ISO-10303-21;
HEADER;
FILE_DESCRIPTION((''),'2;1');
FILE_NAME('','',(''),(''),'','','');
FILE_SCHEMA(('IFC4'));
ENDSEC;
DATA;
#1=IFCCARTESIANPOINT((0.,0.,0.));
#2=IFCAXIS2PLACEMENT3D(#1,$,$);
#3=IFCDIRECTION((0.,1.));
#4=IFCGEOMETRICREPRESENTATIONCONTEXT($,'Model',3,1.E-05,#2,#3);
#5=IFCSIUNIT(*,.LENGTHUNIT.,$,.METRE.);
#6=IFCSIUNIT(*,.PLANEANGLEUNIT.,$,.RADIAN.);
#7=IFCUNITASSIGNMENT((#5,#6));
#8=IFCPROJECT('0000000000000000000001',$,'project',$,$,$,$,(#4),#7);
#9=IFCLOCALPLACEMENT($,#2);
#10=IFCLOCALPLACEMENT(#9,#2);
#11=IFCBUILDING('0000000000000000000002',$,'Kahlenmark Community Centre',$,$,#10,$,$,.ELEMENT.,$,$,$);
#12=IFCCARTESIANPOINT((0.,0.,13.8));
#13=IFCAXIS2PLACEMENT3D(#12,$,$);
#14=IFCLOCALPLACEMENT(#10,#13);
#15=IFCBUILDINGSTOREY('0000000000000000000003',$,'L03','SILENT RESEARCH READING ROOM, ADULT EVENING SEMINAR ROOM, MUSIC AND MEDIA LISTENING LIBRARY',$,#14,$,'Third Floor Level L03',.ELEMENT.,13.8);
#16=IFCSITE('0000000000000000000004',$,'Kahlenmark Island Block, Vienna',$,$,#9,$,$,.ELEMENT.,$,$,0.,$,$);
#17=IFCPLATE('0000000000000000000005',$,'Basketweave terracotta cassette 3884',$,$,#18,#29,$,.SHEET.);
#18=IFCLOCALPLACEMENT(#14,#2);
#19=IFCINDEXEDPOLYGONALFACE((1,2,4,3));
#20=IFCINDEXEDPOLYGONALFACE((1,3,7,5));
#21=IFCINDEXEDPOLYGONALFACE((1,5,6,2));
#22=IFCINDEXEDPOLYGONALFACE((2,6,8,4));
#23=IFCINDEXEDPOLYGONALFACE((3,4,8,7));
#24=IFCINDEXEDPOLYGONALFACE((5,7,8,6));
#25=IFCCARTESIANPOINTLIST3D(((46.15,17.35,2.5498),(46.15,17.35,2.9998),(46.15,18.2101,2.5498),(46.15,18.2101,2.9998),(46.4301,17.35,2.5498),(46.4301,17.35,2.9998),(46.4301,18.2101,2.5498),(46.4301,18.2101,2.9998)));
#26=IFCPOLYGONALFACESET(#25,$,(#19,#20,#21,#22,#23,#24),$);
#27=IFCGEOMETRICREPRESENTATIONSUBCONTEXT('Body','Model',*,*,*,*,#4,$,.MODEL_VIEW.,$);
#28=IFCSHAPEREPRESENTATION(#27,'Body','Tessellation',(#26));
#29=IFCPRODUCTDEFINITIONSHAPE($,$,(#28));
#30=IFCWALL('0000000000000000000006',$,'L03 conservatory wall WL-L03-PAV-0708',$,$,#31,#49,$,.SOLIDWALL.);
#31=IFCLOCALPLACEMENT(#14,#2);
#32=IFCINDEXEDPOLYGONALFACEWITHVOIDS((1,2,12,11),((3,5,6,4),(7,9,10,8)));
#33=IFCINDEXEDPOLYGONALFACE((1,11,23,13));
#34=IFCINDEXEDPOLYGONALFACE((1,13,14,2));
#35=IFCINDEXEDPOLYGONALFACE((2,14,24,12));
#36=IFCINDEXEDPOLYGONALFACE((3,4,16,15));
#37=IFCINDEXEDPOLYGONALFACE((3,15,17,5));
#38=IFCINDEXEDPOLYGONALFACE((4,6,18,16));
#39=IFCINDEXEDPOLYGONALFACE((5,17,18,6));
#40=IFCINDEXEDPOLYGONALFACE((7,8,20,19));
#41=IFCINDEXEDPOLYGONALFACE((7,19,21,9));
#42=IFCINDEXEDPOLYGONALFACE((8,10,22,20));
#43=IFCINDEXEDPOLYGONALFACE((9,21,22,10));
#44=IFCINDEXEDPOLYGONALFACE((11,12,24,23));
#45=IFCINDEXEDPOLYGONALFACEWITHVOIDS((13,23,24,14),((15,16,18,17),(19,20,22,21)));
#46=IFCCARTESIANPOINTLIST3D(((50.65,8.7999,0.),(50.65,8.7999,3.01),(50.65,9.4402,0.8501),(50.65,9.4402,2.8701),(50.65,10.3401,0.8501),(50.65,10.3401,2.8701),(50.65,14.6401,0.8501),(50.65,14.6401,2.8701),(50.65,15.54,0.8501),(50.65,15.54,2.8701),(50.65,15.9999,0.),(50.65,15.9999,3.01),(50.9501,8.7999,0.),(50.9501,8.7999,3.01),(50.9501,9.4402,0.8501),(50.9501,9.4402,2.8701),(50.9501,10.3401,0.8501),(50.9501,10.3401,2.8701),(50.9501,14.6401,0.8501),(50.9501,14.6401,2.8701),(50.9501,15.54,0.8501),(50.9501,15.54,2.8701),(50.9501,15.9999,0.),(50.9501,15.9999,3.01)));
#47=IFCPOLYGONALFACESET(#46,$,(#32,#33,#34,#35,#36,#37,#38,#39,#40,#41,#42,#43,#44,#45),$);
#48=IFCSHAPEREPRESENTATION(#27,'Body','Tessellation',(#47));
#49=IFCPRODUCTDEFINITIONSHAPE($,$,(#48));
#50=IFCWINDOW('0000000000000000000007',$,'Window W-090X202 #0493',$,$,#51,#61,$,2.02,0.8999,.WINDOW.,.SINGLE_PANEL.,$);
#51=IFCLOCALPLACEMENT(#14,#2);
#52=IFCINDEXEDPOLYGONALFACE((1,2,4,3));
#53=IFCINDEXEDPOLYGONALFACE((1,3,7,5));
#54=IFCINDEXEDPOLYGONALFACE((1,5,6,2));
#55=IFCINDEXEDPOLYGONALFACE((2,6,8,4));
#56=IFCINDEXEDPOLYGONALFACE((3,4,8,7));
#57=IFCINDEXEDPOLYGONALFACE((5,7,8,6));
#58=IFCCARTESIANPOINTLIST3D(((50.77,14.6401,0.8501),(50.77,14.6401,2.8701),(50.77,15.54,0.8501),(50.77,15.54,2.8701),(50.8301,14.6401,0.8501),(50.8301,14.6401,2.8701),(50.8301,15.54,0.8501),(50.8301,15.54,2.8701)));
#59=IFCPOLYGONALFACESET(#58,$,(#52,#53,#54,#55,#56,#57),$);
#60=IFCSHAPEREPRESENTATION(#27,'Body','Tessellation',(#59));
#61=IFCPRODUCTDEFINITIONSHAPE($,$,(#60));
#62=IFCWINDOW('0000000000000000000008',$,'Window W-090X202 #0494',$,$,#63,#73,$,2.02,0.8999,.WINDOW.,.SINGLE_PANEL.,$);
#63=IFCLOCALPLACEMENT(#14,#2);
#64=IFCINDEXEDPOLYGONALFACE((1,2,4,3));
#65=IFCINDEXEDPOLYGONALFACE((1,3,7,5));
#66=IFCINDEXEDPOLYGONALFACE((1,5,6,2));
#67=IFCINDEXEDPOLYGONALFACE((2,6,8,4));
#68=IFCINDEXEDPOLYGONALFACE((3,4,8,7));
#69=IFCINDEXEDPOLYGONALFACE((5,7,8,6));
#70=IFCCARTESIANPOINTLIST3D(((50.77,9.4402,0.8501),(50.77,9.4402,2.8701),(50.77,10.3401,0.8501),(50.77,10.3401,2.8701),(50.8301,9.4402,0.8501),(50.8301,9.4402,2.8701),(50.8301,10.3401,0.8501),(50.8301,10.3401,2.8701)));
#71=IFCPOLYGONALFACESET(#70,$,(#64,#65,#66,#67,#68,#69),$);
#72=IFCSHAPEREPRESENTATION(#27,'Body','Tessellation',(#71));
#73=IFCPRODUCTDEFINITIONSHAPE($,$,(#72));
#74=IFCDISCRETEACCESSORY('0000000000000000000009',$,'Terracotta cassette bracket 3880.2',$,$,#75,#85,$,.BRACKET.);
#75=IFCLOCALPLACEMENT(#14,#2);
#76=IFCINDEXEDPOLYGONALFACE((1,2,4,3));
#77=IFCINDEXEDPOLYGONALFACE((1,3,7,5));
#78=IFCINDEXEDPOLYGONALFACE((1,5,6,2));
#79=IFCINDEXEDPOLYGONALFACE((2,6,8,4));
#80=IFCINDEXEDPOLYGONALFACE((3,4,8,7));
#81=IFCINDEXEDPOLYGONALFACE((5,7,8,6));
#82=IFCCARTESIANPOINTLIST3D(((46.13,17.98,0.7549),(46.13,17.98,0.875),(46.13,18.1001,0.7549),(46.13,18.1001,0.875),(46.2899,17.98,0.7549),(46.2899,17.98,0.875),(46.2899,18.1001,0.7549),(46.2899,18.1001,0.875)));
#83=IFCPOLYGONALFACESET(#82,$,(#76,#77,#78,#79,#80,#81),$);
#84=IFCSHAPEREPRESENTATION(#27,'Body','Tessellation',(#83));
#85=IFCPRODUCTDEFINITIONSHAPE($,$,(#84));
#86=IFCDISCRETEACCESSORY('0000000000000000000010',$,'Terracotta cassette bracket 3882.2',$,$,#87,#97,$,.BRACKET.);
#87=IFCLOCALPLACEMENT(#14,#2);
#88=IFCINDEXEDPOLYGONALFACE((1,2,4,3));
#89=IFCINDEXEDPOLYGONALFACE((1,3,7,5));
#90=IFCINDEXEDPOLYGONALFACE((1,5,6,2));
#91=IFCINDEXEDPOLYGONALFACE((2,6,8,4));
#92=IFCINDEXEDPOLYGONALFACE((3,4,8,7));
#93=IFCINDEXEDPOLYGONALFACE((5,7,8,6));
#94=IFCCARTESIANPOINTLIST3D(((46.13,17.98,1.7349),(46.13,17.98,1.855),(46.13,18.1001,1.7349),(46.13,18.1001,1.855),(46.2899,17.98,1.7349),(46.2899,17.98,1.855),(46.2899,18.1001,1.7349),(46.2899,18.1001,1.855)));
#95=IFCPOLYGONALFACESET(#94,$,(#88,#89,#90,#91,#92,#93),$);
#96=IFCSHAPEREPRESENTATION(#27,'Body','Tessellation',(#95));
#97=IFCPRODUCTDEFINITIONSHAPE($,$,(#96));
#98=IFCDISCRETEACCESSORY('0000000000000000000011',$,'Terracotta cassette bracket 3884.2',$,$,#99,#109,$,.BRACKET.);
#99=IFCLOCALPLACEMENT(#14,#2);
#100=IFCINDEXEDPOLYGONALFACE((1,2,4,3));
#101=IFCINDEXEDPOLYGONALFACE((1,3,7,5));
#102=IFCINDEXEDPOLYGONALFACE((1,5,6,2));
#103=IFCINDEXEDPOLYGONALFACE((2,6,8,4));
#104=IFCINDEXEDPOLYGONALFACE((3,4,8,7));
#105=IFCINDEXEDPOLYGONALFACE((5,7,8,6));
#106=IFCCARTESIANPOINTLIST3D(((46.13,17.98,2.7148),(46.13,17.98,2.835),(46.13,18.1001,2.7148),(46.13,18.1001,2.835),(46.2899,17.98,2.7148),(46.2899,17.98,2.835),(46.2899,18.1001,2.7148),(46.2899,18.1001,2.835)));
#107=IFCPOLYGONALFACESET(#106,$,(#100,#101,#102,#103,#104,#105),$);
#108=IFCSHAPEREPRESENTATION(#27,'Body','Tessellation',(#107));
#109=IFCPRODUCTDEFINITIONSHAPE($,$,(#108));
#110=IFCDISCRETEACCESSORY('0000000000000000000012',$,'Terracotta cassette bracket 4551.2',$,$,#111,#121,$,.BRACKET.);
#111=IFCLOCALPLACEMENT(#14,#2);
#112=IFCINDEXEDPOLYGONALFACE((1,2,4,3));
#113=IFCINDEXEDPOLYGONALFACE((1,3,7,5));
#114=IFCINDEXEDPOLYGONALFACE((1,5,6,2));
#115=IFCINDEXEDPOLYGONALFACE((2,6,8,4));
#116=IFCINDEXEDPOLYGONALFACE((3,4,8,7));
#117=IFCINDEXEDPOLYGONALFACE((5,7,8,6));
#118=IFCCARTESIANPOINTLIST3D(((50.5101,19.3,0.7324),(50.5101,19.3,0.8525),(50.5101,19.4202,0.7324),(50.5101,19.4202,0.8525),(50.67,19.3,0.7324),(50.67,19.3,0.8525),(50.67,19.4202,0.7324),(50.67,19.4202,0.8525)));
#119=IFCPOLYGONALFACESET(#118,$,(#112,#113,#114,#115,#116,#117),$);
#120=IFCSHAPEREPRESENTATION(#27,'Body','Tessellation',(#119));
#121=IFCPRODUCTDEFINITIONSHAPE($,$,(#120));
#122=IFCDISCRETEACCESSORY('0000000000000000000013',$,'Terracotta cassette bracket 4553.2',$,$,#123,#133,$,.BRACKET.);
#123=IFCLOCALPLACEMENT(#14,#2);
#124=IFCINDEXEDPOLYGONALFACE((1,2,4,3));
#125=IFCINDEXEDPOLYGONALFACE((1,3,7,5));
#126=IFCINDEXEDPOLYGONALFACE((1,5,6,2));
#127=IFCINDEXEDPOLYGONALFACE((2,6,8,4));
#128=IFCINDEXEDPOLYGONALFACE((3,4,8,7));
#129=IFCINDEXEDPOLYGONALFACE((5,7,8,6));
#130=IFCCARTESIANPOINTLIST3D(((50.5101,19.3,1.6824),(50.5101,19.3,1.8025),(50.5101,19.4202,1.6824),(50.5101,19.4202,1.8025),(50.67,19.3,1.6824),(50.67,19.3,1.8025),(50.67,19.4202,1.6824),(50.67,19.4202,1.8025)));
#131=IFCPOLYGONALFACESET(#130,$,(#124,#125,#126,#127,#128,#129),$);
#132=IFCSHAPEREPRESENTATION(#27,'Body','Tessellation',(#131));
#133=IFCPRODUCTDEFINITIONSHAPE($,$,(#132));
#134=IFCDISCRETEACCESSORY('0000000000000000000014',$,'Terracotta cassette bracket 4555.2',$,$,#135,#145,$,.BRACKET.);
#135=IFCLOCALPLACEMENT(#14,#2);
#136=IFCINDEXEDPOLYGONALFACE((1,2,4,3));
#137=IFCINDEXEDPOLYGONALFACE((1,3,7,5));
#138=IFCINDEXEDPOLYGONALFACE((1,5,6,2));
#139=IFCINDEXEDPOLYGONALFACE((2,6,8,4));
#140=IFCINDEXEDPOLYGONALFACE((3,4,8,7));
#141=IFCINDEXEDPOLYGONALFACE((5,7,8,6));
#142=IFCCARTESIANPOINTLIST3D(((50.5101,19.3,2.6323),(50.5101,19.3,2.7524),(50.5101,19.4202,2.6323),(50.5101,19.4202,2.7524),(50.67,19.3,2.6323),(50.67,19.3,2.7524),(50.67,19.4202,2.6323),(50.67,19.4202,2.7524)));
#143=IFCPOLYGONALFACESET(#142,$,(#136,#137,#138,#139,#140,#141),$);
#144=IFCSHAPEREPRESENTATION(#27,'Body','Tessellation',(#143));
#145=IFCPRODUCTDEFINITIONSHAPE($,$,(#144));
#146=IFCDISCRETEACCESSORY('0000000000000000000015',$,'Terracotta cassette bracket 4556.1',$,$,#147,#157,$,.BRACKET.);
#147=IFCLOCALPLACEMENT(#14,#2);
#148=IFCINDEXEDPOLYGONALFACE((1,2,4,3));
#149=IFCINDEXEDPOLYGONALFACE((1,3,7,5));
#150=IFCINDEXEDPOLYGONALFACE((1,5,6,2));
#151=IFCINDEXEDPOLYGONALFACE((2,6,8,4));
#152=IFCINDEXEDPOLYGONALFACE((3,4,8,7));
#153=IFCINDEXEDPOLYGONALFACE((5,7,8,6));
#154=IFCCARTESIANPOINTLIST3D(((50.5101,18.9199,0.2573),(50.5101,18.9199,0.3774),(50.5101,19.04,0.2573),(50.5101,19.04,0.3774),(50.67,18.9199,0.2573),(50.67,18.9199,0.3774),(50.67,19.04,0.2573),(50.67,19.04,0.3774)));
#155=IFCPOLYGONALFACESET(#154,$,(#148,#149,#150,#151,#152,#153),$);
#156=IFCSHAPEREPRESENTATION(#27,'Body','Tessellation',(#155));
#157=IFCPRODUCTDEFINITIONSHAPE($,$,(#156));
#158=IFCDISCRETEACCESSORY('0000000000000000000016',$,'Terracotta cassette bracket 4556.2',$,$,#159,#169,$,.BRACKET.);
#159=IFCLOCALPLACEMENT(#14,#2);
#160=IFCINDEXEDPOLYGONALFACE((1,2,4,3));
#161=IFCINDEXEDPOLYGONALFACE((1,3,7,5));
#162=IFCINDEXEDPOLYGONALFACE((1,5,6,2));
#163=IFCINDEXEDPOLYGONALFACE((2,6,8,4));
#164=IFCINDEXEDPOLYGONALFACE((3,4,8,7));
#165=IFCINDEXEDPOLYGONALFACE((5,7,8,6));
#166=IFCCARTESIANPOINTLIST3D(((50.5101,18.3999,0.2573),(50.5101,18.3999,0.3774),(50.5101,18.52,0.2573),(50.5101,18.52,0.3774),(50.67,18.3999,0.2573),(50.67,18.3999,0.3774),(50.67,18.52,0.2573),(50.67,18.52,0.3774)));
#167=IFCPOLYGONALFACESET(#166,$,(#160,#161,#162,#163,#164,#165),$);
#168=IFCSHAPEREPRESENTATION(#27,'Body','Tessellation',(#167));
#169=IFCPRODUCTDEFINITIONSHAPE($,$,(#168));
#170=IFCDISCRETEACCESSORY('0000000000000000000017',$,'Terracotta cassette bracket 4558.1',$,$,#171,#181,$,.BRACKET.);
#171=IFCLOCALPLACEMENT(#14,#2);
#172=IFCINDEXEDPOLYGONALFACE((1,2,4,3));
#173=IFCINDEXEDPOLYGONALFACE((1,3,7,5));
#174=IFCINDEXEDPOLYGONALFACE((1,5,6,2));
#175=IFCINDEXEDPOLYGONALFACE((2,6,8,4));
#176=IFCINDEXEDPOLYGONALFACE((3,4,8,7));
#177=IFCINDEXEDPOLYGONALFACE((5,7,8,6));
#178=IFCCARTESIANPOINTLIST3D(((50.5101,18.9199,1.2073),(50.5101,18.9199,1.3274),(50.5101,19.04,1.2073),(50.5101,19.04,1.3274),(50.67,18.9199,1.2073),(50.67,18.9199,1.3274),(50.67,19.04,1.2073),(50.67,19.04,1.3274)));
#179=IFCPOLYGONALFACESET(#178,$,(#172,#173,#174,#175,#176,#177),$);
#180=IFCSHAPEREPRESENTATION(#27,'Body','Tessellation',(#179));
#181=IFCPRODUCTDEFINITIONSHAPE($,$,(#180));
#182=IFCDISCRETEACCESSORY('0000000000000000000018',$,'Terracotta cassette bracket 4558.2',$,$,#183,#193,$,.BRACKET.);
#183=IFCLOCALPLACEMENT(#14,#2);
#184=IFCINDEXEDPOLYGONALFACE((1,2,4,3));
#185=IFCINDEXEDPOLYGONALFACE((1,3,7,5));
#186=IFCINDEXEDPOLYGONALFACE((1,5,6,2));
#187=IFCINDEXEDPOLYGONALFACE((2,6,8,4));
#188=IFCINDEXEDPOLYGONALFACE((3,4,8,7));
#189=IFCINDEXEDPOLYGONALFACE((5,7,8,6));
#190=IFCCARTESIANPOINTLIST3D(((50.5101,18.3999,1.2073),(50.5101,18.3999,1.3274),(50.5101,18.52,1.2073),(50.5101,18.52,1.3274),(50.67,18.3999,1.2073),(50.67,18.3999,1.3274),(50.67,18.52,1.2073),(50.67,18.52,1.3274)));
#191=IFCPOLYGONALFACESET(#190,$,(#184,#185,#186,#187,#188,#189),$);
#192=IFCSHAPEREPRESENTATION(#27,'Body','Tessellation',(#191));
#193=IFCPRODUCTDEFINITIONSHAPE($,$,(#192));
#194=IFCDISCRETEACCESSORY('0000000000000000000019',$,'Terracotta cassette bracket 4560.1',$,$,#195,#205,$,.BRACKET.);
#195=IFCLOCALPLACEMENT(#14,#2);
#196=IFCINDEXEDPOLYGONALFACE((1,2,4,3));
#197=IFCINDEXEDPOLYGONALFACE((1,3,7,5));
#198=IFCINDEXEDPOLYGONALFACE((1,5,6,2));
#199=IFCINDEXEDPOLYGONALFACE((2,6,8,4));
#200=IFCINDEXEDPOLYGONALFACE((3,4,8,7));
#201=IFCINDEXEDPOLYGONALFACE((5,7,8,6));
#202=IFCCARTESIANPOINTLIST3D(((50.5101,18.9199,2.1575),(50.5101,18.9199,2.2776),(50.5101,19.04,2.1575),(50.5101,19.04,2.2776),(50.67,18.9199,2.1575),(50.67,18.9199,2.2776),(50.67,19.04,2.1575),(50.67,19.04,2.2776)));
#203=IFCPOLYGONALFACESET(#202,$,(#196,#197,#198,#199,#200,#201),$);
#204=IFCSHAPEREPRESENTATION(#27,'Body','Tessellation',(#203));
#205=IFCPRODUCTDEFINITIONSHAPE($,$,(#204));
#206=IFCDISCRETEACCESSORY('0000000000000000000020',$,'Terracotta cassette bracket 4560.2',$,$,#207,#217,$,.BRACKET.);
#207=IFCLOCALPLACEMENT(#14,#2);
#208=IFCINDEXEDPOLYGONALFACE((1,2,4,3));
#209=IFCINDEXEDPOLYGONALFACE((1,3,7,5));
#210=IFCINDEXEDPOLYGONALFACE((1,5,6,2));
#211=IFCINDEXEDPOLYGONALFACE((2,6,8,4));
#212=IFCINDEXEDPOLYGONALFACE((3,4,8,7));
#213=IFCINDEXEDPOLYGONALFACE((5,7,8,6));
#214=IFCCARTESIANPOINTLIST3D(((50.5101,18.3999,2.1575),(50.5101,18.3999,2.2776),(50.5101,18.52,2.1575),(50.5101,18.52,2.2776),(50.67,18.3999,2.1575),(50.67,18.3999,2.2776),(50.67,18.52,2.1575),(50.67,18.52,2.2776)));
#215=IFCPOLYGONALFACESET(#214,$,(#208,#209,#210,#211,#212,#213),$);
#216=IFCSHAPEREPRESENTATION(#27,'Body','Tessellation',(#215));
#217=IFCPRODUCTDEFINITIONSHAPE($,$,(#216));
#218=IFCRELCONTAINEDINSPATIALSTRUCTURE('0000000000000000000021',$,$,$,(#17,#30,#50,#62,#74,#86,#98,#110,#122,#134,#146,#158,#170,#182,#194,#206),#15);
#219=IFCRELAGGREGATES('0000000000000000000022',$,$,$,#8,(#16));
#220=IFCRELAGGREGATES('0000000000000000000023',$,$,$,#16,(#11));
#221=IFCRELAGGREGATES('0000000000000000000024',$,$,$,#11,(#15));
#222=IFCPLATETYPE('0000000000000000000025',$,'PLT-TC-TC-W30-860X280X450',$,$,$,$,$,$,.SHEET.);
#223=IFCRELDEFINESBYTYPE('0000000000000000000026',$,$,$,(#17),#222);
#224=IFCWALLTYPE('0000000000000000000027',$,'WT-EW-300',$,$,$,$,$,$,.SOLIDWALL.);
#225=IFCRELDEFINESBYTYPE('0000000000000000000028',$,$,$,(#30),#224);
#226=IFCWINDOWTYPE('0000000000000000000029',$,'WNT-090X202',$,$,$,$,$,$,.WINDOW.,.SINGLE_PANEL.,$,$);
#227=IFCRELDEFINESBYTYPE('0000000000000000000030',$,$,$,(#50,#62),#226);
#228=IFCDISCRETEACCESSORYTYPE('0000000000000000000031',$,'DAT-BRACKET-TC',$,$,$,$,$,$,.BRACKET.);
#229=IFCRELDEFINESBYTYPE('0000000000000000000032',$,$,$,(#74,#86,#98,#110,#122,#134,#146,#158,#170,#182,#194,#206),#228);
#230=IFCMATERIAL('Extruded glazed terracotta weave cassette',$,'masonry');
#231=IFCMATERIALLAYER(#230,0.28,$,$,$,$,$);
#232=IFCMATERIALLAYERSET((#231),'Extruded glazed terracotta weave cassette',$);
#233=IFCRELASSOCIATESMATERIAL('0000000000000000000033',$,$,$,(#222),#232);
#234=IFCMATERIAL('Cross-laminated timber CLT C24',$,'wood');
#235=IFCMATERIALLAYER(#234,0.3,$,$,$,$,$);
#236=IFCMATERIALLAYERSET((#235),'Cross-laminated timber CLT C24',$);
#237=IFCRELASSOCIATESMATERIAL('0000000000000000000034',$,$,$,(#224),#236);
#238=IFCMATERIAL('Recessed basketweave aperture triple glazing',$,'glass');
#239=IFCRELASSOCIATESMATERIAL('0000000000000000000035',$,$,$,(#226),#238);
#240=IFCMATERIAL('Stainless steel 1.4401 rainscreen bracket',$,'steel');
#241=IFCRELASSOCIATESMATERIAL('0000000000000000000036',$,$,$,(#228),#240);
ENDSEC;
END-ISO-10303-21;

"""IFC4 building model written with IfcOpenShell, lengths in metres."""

from ifc_helpers import new_model, si_unit, direction, frame, frame_2d, origin, origin_2d, place, context, subcontext, project, spatial, rectangle, extrude, material, layer, layer_set, type_object, element, fill, save


model = new_model("IFC4")

# Units and contexts
model_context = context("Model", 3, precision=1e-05, world=origin(), true_north=direction((0.0, 1.0)))
body_context = subcontext(model_context, "Body", "Model", "MODEL_VIEW")
ifc_project = project(units=[si_unit("LENGTHUNIT", "METRE"), si_unit("PLANEANGLEUNIT", "RADIAN")], contexts=[model_context])

# Site, building, storey
site_placement = place(None, origin())
site = spatial("IfcSite", under=ifc_project, at=site_placement, Name="Kahlenmark Island Block, Vienna", CompositionType="ELEMENT", RefElevation=0.0)
building_placement = place(site_placement, origin())
building = spatial("IfcBuilding", under=site, at=building_placement, Name="Kahlenmark Community Centre", CompositionType="ELEMENT")
storey_placement = place(building_placement, frame((0.0, 0.0, 13.8)))
storey = spatial("IfcBuildingStorey", under=building, at=storey_placement, Name="L03", Description="SILENT RESEARCH READING ROOM, ADULT EVENING SEMINAR ROOM, MUSIC AND MEDIA LISTENING LIBRARY", LongName="Third Floor Level L03", CompositionType="ELEMENT", Elevation=13.8)

# Plate
ifc_material_1 = material(Name="Extruded glazed terracotta weave cassette", Category="masonry")
ifc_layer_1 = layer(ifc_material_1, 0.28)
ifc_layer_set_1 = layer_set([ifc_layer_1], Name="Extruded glazed terracotta weave cassette")
plate_type_1 = type_object("IfcPlateType", Name="PLT-TC-TC-W30-860X280X450", PredefinedType="SHEET", material=ifc_layer_set_1)
plate_1_placement = place(storey_placement, frame((46.29, 17.78, 2.5498), z_axis=(0.0, 0.0, 1.0), x_axis=(0.0, 1.0, 0.0)))
element("IfcPlate", 1, at=plate_1_placement, inside=storey, type_object=plate_type_1, Name="Basketweave terracotta cassette 3884", PredefinedType="SHEET", context=body_context, shape_type="SweptSolid", body=[
    extrude(rectangle(XDim=0.8601, YDim=0.28, at=origin_2d()), origin(), (0.0, 0.0, 1.0), 0.45),
])

# Wall, openings, windows
ifc_material_2 = material(Name="Cross-laminated timber CLT C24", Category="wood")
ifc_layer_2 = layer(ifc_material_2, 0.3)
ifc_layer_set_2 = layer_set([ifc_layer_2], Name="Cross-laminated timber CLT C24")
wall_type = type_object("IfcWallType", Name="WT-EW-300", PredefinedType="SOLIDWALL", material=ifc_layer_set_2)
wall_placement = place(storey_placement, frame((50.8, 16.0, 0.0), z_axis=(0.0, 0.0, 1.0), x_axis=(0.0, -1.0, 0.0)))
wall = element("IfcWall", 2, at=wall_placement, inside=storey, type_object=wall_type, Name="L03 conservatory wall WL-L03-PAV-0708", PredefinedType="SOLIDWALL", context=body_context, shape_type="SweptSolid", body=[
    extrude(rectangle(XDim=7.2, YDim=0.3, at=frame_2d((3.6001, 0.0))), origin(), (0.0, 0.0, 1.0), 3.01),
])
opening_1_placement = place(wall_placement, frame((0.46, 0.0, 0.8501)))
opening_1 = element("IfcOpeningElement", 3, at=opening_1_placement, cuts=wall, PredefinedType="OPENING", context=body_context, shape_type="SweptSolid", body=[
    extrude(rectangle(XDim=0.8999, YDim=2.02, at=frame_2d((0.45, 1.01))), frame((0.0, 0.1599, 0.0), z_axis=(0.0, -1.0, 0.0), x_axis=(1.0, 0.0, 0.0)), (0.0, 0.0, 1.0), 0.3201),
])
opening_2_placement = place(wall_placement, frame((5.6599, 0.0, 0.8501)))
opening_2 = element("IfcOpeningElement", 4, at=opening_2_placement, cuts=wall, PredefinedType="OPENING", context=body_context, shape_type="SweptSolid", body=[
    extrude(rectangle(XDim=0.8999, YDim=2.02, at=frame_2d((0.45, 1.01))), frame((0.0, 0.1599, 0.0), z_axis=(0.0, -1.0, 0.0), x_axis=(1.0, 0.0, 0.0)), (0.0, 0.0, 1.0), 0.3201),
])
ifc_material_3 = material(Name="Recessed basketweave aperture triple glazing", Category="glass")
window_type = type_object("IfcWindowType", Name="WNT-090X202", PartitioningType="SINGLE_PANEL", PredefinedType="WINDOW", material=ifc_material_3)
window_1_placement = place(opening_1_placement, origin())
window_1 = element("IfcWindow", 5, at=window_1_placement, inside=storey, type_object=window_type, Name="Window W-090X202 #0493", OverallHeight=2.02, OverallWidth=0.8999, PartitioningType="SINGLE_PANEL", PredefinedType="WINDOW", context=body_context, shape_type="SweptSolid", body=[
    extrude(rectangle(XDim=0.8999, YDim=2.02, at=frame_2d((0.45, 1.01))), frame((0.0, 0.03, 0.0), z_axis=(0.0, -1.0, 0.0), x_axis=(1.0, 0.0, 0.0)), (0.0, 0.0, 1.0), 0.0601),
])
fill(opening_1, window_1)
window_2_placement = place(opening_2_placement, origin())
window_2 = element("IfcWindow", 6, at=window_2_placement, inside=storey, type_object=window_type, Name="Window W-090X202 #0494", OverallHeight=2.02, OverallWidth=0.8999, PartitioningType="SINGLE_PANEL", PredefinedType="WINDOW", context=body_context, shape_type="SweptSolid", body=[
    extrude(rectangle(XDim=0.8999, YDim=2.02, at=frame_2d((0.45, 1.01))), frame((0.0, 0.03, 0.0), z_axis=(0.0, -1.0, 0.0), x_axis=(1.0, 0.0, 0.0)), (0.0, 0.0, 1.0), 0.0601),
])
fill(opening_2, window_2)

# Discrete accessories
ifc_material_4 = material(Name="Stainless steel 1.4401 rainscreen bracket", Category="steel")
discrete_accessory_type = type_object("IfcDiscreteAccessoryType", Name="DAT-BRACKET-TC", PredefinedType="BRACKET", material=ifc_material_4)
for number, where, z_axis, x_axis, name in (
    (7, (46.21, 18.04, 0.7549), (0.0, 0.0, 1.0), (0.0, 1.0, 0.0), "Terracotta cassette bracket 3880.2"),
    (8, (46.21, 18.04, 1.7349), (0.0, 0.0, 1.0), (0.0, 1.0, 0.0), "Terracotta cassette bracket 3882.2"),
    (9, (46.21, 18.04, 2.7148), (0.0, 0.0, 1.0), (0.0, 1.0, 0.0), "Terracotta cassette bracket 3884.2"),
    (10, (50.5901, 19.3601, 0.7324), (0.0, 0.0, 1.0), (0.0, -1.0, 0.0), "Terracotta cassette bracket 4551.2"),
    (11, (50.5901, 19.3601, 1.6824), (0.0, 0.0, 1.0), (0.0, -1.0, 0.0), "Terracotta cassette bracket 4553.2"),
    (12, (50.5901, 19.3601, 2.6323), (0.0, 0.0, 1.0), (0.0, -1.0, 0.0), "Terracotta cassette bracket 4555.2"),
    (13, (50.5901, 18.98, 0.2573), (0.0, 0.0, 1.0), (0.0, -1.0, 0.0), "Terracotta cassette bracket 4556.1"),
    (14, (50.5901, 18.46, 0.2573), (0.0, 0.0, 1.0), (0.0, -1.0, 0.0), "Terracotta cassette bracket 4556.2"),
    (15, (50.5901, 18.98, 1.2073), (0.0, 0.0, 1.0), (0.0, -1.0, 0.0), "Terracotta cassette bracket 4558.1"),
    (16, (50.5901, 18.46, 1.2073), (0.0, 0.0, 1.0), (0.0, -1.0, 0.0), "Terracotta cassette bracket 4558.2"),
    (17, (50.5901, 18.98, 2.1575), (0.0, 0.0, 1.0), (0.0, -1.0, 0.0), "Terracotta cassette bracket 4560.1"),
    (18, (50.5901, 18.46, 2.1575), (0.0, 0.0, 1.0), (0.0, -1.0, 0.0), "Terracotta cassette bracket 4560.2"),
):
    element("IfcDiscreteAccessory", number, at=place(storey_placement, frame(where, z_axis=z_axis, x_axis=x_axis)), inside=storey, type_object=discrete_accessory_type, Name=name, PredefinedType="BRACKET", context=body_context, shape_type="SweptSolid", body=[
        extrude(rectangle(XDim=0.1201, YDim=0.1599, at=origin_2d()), origin(), (0.0, 0.0, 1.0), 0.1201),
    ])

save(model, "model.ifc")
